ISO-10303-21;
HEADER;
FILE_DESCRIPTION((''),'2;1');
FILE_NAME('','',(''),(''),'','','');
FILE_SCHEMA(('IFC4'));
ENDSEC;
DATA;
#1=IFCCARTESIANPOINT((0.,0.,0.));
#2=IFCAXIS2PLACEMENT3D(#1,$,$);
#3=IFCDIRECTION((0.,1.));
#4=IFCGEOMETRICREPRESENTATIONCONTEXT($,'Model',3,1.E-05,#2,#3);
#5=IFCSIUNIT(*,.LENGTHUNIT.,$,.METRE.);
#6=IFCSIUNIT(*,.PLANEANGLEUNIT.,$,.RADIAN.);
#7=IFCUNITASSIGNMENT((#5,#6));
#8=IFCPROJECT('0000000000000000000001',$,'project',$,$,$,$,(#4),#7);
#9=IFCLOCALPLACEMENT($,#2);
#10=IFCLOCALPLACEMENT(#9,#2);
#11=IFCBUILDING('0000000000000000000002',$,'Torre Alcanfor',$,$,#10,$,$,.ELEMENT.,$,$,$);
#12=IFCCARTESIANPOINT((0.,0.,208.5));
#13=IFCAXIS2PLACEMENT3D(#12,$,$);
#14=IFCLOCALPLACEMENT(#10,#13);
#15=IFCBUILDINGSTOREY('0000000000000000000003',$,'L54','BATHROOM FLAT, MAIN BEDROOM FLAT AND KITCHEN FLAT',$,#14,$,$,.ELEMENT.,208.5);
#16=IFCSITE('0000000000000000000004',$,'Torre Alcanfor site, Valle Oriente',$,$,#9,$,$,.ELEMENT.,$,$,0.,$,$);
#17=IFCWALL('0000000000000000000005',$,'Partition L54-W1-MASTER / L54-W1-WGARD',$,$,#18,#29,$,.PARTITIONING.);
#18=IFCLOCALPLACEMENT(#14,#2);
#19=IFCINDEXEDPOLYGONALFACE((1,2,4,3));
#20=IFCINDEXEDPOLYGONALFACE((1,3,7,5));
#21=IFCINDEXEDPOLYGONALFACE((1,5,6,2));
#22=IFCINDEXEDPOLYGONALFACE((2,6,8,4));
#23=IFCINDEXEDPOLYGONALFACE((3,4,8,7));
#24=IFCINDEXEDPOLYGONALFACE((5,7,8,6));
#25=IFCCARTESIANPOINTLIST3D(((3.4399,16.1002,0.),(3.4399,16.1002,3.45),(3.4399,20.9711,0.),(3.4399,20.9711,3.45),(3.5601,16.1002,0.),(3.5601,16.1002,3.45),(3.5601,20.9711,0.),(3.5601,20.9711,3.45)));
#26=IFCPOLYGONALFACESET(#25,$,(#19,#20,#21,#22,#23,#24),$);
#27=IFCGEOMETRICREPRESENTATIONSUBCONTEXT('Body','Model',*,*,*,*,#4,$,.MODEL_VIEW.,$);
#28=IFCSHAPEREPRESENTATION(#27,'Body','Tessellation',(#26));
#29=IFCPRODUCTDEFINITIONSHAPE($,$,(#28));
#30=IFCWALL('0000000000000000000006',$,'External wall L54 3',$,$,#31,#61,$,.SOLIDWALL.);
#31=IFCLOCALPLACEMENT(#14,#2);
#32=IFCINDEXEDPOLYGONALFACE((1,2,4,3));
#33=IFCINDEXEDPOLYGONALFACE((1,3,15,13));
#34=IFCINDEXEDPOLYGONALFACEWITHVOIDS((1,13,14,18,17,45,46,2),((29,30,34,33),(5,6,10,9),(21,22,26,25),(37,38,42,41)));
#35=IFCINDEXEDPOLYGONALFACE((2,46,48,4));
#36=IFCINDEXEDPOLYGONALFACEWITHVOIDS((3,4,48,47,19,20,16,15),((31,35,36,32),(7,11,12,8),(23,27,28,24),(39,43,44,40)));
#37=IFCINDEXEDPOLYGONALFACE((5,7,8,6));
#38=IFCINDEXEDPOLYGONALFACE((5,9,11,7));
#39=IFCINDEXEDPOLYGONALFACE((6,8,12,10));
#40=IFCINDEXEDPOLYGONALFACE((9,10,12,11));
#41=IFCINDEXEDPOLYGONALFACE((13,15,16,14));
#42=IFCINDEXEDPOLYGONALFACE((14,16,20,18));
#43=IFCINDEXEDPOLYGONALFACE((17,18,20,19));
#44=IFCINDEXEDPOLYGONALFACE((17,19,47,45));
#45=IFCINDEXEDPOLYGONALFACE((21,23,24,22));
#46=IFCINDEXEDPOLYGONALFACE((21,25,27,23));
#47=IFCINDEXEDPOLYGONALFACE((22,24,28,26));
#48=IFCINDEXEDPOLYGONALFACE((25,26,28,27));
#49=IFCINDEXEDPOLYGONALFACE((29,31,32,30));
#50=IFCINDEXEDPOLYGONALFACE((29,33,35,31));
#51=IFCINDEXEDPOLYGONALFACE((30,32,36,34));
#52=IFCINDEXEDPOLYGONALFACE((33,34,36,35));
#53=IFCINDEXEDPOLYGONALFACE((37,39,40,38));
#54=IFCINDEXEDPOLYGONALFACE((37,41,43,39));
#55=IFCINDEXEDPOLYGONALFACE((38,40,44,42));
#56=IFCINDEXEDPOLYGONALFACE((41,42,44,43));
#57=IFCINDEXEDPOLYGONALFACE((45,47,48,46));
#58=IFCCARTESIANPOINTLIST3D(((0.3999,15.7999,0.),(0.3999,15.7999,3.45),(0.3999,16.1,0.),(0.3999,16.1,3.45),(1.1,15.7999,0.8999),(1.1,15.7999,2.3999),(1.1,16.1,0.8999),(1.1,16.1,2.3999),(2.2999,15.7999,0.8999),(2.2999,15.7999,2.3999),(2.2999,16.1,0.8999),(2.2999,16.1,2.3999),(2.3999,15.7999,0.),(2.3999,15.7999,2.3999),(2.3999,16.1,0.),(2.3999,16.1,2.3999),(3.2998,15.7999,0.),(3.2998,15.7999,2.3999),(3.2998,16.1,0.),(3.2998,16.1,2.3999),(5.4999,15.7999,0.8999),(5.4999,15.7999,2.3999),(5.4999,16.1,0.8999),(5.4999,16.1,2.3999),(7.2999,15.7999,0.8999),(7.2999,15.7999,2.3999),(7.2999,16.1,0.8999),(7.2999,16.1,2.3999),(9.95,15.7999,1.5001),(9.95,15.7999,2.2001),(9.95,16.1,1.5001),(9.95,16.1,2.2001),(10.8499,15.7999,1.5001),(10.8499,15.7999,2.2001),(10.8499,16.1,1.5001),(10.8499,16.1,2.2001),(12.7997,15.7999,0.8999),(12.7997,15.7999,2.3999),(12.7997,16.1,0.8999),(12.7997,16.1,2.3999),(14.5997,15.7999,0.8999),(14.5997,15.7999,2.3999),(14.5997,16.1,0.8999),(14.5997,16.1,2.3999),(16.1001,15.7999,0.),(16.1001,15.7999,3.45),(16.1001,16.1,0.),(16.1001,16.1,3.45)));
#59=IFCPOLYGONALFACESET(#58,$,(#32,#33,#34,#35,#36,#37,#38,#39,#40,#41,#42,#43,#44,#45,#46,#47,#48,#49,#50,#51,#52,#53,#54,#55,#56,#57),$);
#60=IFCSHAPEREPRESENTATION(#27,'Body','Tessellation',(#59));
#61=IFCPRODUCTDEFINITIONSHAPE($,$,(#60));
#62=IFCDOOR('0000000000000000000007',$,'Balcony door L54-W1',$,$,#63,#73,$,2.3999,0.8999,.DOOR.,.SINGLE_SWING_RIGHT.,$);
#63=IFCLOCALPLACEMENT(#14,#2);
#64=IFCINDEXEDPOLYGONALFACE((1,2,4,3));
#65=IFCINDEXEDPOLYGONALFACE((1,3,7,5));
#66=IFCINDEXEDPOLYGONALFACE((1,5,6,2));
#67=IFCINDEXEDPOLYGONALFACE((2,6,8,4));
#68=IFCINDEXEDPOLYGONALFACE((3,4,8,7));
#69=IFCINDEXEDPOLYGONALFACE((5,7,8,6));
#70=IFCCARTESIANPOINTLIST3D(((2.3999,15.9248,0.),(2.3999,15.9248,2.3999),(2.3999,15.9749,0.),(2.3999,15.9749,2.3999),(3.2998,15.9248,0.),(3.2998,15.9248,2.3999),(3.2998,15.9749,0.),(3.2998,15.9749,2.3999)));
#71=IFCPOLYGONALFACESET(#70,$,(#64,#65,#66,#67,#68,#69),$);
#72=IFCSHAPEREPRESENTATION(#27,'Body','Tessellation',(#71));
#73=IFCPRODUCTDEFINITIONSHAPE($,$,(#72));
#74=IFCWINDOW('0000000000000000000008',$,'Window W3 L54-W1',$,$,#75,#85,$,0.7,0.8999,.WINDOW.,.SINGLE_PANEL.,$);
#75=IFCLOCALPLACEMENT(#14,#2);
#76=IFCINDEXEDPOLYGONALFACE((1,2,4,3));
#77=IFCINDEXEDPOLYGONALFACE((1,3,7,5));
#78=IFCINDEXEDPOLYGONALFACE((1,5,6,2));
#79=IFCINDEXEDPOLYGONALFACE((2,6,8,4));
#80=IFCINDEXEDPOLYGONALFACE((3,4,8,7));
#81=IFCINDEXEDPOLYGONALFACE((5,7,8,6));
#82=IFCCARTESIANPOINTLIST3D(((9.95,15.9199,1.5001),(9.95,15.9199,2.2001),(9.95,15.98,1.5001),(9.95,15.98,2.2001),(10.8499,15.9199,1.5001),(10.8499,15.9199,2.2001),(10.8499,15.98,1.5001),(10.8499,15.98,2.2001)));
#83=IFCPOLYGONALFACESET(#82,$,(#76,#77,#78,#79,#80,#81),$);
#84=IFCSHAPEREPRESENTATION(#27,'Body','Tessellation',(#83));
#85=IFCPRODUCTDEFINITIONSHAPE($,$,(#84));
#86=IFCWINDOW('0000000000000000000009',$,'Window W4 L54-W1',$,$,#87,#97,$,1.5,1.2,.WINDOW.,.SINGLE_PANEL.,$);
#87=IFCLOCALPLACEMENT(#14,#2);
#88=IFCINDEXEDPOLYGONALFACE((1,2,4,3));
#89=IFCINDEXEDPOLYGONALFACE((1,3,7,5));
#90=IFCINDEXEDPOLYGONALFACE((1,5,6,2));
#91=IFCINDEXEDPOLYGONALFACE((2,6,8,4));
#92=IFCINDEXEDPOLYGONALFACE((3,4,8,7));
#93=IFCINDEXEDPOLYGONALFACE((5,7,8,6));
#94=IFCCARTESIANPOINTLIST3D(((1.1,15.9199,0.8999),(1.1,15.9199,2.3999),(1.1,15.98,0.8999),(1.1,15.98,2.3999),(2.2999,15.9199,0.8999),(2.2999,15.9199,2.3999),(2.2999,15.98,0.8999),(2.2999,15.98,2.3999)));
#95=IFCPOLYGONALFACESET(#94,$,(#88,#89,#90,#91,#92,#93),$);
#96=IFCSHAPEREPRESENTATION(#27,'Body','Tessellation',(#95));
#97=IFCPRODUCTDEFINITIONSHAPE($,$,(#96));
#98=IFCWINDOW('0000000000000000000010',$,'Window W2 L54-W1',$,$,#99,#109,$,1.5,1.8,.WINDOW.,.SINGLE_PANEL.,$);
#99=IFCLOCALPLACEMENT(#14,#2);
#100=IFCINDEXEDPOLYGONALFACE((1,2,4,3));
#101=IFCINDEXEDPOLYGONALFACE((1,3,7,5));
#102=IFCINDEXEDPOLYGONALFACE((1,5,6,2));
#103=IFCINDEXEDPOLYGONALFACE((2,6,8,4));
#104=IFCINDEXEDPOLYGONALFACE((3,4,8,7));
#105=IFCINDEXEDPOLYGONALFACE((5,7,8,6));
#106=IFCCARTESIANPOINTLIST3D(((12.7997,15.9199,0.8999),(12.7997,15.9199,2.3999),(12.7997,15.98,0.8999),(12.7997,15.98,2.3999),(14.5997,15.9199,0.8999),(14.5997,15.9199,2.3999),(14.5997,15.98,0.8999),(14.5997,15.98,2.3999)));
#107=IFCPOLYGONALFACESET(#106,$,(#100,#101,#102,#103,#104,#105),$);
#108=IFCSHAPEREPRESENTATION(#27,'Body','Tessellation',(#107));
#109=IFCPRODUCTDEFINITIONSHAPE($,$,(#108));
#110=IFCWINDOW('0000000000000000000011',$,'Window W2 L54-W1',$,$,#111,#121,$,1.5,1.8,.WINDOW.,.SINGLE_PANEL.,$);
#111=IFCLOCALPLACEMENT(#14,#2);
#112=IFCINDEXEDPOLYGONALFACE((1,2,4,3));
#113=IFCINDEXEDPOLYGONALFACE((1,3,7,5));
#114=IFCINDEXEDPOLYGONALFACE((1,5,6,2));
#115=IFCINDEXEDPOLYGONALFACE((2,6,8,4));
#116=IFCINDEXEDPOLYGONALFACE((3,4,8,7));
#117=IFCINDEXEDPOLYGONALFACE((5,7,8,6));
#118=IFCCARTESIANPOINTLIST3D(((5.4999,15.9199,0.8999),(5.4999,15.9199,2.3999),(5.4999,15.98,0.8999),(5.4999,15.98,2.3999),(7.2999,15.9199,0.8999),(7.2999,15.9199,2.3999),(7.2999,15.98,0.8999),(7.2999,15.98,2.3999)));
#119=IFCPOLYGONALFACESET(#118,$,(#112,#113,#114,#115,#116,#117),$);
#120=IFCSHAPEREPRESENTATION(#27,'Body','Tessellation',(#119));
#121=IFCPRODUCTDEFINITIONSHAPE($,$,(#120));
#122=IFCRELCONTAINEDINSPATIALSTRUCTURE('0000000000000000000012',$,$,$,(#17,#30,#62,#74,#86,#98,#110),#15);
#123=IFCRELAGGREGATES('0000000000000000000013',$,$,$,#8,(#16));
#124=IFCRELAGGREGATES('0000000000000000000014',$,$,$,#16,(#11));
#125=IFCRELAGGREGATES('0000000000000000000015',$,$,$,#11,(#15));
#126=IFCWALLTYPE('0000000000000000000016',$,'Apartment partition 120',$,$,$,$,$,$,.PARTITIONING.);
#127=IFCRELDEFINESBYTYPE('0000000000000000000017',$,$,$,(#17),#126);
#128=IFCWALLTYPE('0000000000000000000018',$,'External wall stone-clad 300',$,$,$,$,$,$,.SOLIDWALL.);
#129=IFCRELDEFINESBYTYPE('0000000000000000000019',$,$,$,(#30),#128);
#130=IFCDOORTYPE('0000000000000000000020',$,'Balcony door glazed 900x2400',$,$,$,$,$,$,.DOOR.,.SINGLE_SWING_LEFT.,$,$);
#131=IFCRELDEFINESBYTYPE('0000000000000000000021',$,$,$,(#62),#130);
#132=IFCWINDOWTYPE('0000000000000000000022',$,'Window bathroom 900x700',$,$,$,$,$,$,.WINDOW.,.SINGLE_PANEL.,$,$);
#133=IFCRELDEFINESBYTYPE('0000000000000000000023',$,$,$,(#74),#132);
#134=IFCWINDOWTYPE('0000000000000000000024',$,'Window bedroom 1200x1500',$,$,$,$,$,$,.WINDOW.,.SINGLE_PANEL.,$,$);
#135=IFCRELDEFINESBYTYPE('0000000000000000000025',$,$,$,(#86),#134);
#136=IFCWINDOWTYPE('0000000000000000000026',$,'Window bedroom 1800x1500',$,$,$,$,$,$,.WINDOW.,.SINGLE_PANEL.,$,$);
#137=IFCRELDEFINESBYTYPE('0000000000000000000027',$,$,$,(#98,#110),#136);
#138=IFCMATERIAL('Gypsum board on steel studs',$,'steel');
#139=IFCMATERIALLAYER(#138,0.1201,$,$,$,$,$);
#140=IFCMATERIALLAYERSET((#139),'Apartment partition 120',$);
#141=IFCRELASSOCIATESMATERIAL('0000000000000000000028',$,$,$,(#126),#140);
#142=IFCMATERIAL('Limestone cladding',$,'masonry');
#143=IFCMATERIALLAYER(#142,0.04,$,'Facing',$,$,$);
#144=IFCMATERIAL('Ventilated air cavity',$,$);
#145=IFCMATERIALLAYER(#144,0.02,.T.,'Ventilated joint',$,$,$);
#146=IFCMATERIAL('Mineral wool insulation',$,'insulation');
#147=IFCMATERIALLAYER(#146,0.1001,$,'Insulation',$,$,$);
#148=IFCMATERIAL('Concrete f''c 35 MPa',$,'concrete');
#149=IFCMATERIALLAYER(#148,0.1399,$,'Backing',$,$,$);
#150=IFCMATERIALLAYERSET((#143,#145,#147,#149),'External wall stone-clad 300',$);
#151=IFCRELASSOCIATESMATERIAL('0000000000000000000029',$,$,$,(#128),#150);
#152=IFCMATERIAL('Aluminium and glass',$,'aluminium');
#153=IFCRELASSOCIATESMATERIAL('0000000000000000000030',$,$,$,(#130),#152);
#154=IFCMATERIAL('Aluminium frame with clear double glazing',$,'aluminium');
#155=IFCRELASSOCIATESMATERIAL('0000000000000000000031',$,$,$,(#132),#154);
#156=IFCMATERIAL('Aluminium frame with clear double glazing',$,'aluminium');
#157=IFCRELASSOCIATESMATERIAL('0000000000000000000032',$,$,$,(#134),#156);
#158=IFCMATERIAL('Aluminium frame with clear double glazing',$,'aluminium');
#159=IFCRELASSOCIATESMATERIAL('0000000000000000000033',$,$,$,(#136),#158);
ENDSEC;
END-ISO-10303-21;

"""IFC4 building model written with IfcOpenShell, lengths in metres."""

from ifc_helpers import new_model, si_unit, direction, frame, frame_2d, origin, place, context, subcontext, project, spatial, rectangle, extrude, material, layer, layer_set, type_object, element, fill, save


model = new_model("IFC4")

# Units and contexts
model_context = context("Model", 3, precision=1e-05, world=origin(), true_north=direction((0.0, 1.0)))
body_context = subcontext(model_context, "Body", "Model", "MODEL_VIEW")
ifc_project = project(units=[si_unit("LENGTHUNIT", "METRE"), si_unit("PLANEANGLEUNIT", "RADIAN")], contexts=[model_context])

# Site, building, storey
site_placement = place(None, origin())
site = spatial("IfcSite", under=ifc_project, at=site_placement, Name="Torre Alcanfor site, Valle Oriente", CompositionType="ELEMENT", RefElevation=0.0)
building_placement = place(site_placement, origin())
building = spatial("IfcBuilding", under=site, at=building_placement, Name="Torre Alcanfor", CompositionType="ELEMENT")
storey_placement = place(building_placement, frame((0.0, 0.0, 208.5)))
storey = spatial("IfcBuildingStorey", under=building, at=storey_placement, Name="L54", Description="BATHROOM FLAT, MAIN BEDROOM FLAT AND KITCHEN FLAT", CompositionType="ELEMENT", Elevation=208.5)

# Wall
ifc_material_1 = material(Name="Gypsum board on steel studs", Category="steel")
ifc_layer_1 = layer(ifc_material_1, 0.1201)
ifc_layer_set_1 = layer_set([ifc_layer_1], Name="Apartment partition 120")
wall_type_1 = type_object("IfcWallType", Name="Apartment partition 120", PredefinedType="PARTITIONING", material=ifc_layer_set_1)
wall_1_placement = place(storey_placement, frame((3.5, 16.1001, 0.0), z_axis=(0.0, 0.0, 1.0), x_axis=(0.0, 1.0, 0.0)))
element("IfcWall", 1, at=wall_1_placement, inside=storey, type_object=wall_type_1, Name="Partition L54-W1-MASTER / L54-W1-WGARD", PredefinedType="PARTITIONING", context=body_context, shape_type="SweptSolid", body=[
    extrude(rectangle(XDim=4.8708, YDim=0.1201, at=frame_2d((2.4355, 0.0))), origin(), (0.0, 0.0, 1.0), 3.45),
])

# Wall, openings, door, windows
ifc_material_2 = material(Name="Limestone cladding", Category="masonry")
ifc_layer_2 = layer(ifc_material_2, 0.04, Name="Facing")
ifc_material_3 = material(Name="Ventilated air cavity")
ifc_layer_3 = layer(ifc_material_3, 0.02, ventilated=True, Name="Ventilated joint")
ifc_material_4 = material(Name="Mineral wool insulation", Category="insulation")
ifc_layer_4 = layer(ifc_material_4, 0.1001, Name="Insulation")
ifc_material_5 = material(Name="Concrete f'c 35 MPa", Category="concrete")
ifc_layer_5 = layer(ifc_material_5, 0.1399, Name="Backing")
ifc_layer_set_2 = layer_set([ifc_layer_2, ifc_layer_3, ifc_layer_4, ifc_layer_5], Name="External wall stone-clad 300")
wall_type_2 = type_object("IfcWallType", Name="External wall stone-clad 300", PredefinedType="SOLIDWALL", material=ifc_layer_set_2)
wall_2_placement = place(storey_placement, frame((0.3999, 15.95, 0.0), z_axis=(0.0, 0.0, 1.0), x_axis=(1.0, 0.0, 0.0)))
wall_2 = element("IfcWall", 2, at=wall_2_placement, inside=storey, type_object=wall_type_2, Name="External wall L54 3", PredefinedType="SOLIDWALL", context=body_context, shape_type="SweptSolid", body=[
    extrude(rectangle(XDim=15.7002, YDim=0.3, at=frame_2d((7.8501, 0.0))), origin(), (0.0, 0.0, 1.0), 3.45),
])
opening_1_placement = place(wall_2_placement, frame((12.3999, 0.0, 0.8999)))
opening_1 = element("IfcOpeningElement", 3, at=opening_1_placement, cuts=wall_2, PredefinedType="OPENING", context=body_context, shape_type="SweptSolid", body=[
    extrude(rectangle(XDim=1.8, YDim=1.5, at=frame_2d((0.8999, 0.75))), frame((0.0, 0.1599, 0.0), z_axis=(0.0, -1.0, 0.0), x_axis=(1.0, 0.0, 0.0)), (0.0, 0.0, 1.0), 0.3201),
])
opening_2_placement = place(wall_2_placement, frame((9.55, 0.0, 1.5)))
opening_2 = element("IfcOpeningElement", 4, at=opening_2_placement, cuts=wall_2, PredefinedType="OPENING", context=body_context, shape_type="SweptSolid", body=[
    extrude(rectangle(XDim=0.8999, YDim=0.7, at=frame_2d((0.45, 0.3501))), frame((0.0, 0.1599, 0.0), z_axis=(0.0, -1.0, 0.0), x_axis=(1.0, 0.0, 0.0)), (0.0, 0.0, 1.0), 0.3201),
])
opening_3_placement = place(wall_2_placement, frame((5.1001, 0.0, 0.8999)))
opening_3 = element("IfcOpeningElement", 5, at=opening_3_placement, cuts=wall_2, PredefinedType="OPENING", context=body_context, shape_type="SweptSolid", body=[
    extrude(rectangle(XDim=1.8, YDim=1.5, at=frame_2d((0.8999, 0.75))), frame((0.0, 0.1599, 0.0), z_axis=(0.0, -1.0, 0.0), x_axis=(1.0, 0.0, 0.0)), (0.0, 0.0, 1.0), 0.3201),
])
opening_4_placement = place(wall_2_placement, frame((2.0, 0.0, 0.0)))
opening_4 = element("IfcOpeningElement", 6, at=opening_4_placement, cuts=wall_2, PredefinedType="OPENING", context=body_context, shape_type="SweptSolid", body=[
    extrude(rectangle(XDim=0.8999, YDim=2.3999, at=frame_2d((0.45, 1.2))), frame((0.0, 0.1599, 0.0), z_axis=(0.0, -1.0, 0.0), x_axis=(1.0, 0.0, 0.0)), (0.0, 0.0, 1.0), 0.3201),
])
opening_5_placement = place(wall_2_placement, frame((0.7, 0.0, 0.8999)))
opening_5 = element("IfcOpeningElement", 7, at=opening_5_placement, cuts=wall_2, PredefinedType="OPENING", context=body_context, shape_type="SweptSolid", body=[
    extrude(rectangle(XDim=1.2, YDim=1.5, at=frame_2d((0.6001, 0.75))), frame((0.0, 0.1599, 0.0), z_axis=(0.0, -1.0, 0.0), x_axis=(1.0, 0.0, 0.0)), (0.0, 0.0, 1.0), 0.3201),
])
ifc_material_6 = material(Name="Aluminium and glass", Category="aluminium")
door_type = type_object("IfcDoorType", Name="Balcony door glazed 900x2400", OperationType="SINGLE_SWING_LEFT", PredefinedType="DOOR", material=ifc_material_6)
door_placement = place(opening_4_placement, origin())
door = element("IfcDoor", 8, at=door_placement, inside=storey, type_object=door_type, Name="Balcony door L54-W1", OperationType="SINGLE_SWING_RIGHT", OverallHeight=2.3999, OverallWidth=0.8999, PredefinedType="DOOR", context=body_context, shape_type="SweptSolid", body=[
    extrude(rectangle(XDim=0.8999, YDim=2.3999, at=frame_2d((0.45, 1.2))), frame((0.0, 0.0249, 0.0), z_axis=(0.0, -1.0, 0.0), x_axis=(1.0, 0.0, 0.0)), (0.0, 0.0, 1.0), 0.05),
])
fill(opening_4, door)
ifc_material_7 = material(Name="Aluminium frame with clear double glazing", Category="aluminium")
window_type_1 = type_object("IfcWindowType", Name="Window bathroom 900x700", PartitioningType="SINGLE_PANEL", PredefinedType="WINDOW", material=ifc_material_7)
window_1_placement = place(opening_2_placement, origin())
window_1 = element("IfcWindow", 9, at=window_1_placement, inside=storey, type_object=window_type_1, Name="Window W3 L54-W1", OverallHeight=0.7, OverallWidth=0.8999, PartitioningType="SINGLE_PANEL", PredefinedType="WINDOW", context=body_context, shape_type="SweptSolid", body=[
    extrude(rectangle(XDim=0.8999, YDim=0.7, at=frame_2d((0.45, 0.3501))), frame((0.0, 0.03, 0.0), z_axis=(0.0, -1.0, 0.0), x_axis=(1.0, 0.0, 0.0)), (0.0, 0.0, 1.0), 0.0601),
])
fill(opening_2, window_1)
ifc_material_8 = material(Name="Aluminium frame with clear double glazing", Category="aluminium")
window_type_2 = type_object("IfcWindowType", Name="Window bedroom 1200x1500", PartitioningType="SINGLE_PANEL", PredefinedType="WINDOW", material=ifc_material_8)
window_2_placement = place(opening_5_placement, origin())
window_2 = element("IfcWindow", 10, at=window_2_placement, inside=storey, type_object=window_type_2, Name="Window W4 L54-W1", OverallHeight=1.5, OverallWidth=1.2, PartitioningType="SINGLE_PANEL", PredefinedType="WINDOW", context=body_context, shape_type="SweptSolid", body=[
    extrude(rectangle(XDim=1.2, YDim=1.5, at=frame_2d((0.6001, 0.75))), frame((0.0, 0.03, 0.0), z_axis=(0.0, -1.0, 0.0), x_axis=(1.0, 0.0, 0.0)), (0.0, 0.0, 1.0), 0.0601),
])
fill(opening_5, window_2)
ifc_material_9 = material(Name="Aluminium frame with clear double glazing", Category="aluminium")
window_type_3 = type_object("IfcWindowType", Name="Window bedroom 1800x1500", PartitioningType="SINGLE_PANEL", PredefinedType="WINDOW", material=ifc_material_9)
window_3_placement = place(opening_1_placement, origin())
window_3 = element("IfcWindow", 11, at=window_3_placement, inside=storey, type_object=window_type_3, Name="Window W2 L54-W1", OverallHeight=1.5, OverallWidth=1.8, PartitioningType="SINGLE_PANEL", PredefinedType="WINDOW", context=body_context, shape_type="SweptSolid", body=[
    extrude(rectangle(XDim=1.8, YDim=1.5, at=frame_2d((0.8999, 0.75))), frame((0.0, 0.03, 0.0), z_axis=(0.0, -1.0, 0.0), x_axis=(1.0, 0.0, 0.0)), (0.0, 0.0, 1.0), 0.0601),
])
fill(opening_1, window_3)
window_4_placement = place(opening_3_placement, origin())
window_4 = element("IfcWindow", 12, at=window_4_placement, inside=storey, type_object=window_type_3, Name="Window W2 L54-W1", OverallHeight=1.5, OverallWidth=1.8, PartitioningType="SINGLE_PANEL", PredefinedType="WINDOW", context=body_context, shape_type="SweptSolid", body=[
    extrude(rectangle(XDim=1.8, YDim=1.5, at=frame_2d((0.8999, 0.75))), frame((0.0, 0.03, 0.0), z_axis=(0.0, -1.0, 0.0), x_axis=(1.0, 0.0, 0.0)), (0.0, 0.0, 1.0), 0.0601),
])
fill(opening_3, window_4)

save(model, "model.ifc")
